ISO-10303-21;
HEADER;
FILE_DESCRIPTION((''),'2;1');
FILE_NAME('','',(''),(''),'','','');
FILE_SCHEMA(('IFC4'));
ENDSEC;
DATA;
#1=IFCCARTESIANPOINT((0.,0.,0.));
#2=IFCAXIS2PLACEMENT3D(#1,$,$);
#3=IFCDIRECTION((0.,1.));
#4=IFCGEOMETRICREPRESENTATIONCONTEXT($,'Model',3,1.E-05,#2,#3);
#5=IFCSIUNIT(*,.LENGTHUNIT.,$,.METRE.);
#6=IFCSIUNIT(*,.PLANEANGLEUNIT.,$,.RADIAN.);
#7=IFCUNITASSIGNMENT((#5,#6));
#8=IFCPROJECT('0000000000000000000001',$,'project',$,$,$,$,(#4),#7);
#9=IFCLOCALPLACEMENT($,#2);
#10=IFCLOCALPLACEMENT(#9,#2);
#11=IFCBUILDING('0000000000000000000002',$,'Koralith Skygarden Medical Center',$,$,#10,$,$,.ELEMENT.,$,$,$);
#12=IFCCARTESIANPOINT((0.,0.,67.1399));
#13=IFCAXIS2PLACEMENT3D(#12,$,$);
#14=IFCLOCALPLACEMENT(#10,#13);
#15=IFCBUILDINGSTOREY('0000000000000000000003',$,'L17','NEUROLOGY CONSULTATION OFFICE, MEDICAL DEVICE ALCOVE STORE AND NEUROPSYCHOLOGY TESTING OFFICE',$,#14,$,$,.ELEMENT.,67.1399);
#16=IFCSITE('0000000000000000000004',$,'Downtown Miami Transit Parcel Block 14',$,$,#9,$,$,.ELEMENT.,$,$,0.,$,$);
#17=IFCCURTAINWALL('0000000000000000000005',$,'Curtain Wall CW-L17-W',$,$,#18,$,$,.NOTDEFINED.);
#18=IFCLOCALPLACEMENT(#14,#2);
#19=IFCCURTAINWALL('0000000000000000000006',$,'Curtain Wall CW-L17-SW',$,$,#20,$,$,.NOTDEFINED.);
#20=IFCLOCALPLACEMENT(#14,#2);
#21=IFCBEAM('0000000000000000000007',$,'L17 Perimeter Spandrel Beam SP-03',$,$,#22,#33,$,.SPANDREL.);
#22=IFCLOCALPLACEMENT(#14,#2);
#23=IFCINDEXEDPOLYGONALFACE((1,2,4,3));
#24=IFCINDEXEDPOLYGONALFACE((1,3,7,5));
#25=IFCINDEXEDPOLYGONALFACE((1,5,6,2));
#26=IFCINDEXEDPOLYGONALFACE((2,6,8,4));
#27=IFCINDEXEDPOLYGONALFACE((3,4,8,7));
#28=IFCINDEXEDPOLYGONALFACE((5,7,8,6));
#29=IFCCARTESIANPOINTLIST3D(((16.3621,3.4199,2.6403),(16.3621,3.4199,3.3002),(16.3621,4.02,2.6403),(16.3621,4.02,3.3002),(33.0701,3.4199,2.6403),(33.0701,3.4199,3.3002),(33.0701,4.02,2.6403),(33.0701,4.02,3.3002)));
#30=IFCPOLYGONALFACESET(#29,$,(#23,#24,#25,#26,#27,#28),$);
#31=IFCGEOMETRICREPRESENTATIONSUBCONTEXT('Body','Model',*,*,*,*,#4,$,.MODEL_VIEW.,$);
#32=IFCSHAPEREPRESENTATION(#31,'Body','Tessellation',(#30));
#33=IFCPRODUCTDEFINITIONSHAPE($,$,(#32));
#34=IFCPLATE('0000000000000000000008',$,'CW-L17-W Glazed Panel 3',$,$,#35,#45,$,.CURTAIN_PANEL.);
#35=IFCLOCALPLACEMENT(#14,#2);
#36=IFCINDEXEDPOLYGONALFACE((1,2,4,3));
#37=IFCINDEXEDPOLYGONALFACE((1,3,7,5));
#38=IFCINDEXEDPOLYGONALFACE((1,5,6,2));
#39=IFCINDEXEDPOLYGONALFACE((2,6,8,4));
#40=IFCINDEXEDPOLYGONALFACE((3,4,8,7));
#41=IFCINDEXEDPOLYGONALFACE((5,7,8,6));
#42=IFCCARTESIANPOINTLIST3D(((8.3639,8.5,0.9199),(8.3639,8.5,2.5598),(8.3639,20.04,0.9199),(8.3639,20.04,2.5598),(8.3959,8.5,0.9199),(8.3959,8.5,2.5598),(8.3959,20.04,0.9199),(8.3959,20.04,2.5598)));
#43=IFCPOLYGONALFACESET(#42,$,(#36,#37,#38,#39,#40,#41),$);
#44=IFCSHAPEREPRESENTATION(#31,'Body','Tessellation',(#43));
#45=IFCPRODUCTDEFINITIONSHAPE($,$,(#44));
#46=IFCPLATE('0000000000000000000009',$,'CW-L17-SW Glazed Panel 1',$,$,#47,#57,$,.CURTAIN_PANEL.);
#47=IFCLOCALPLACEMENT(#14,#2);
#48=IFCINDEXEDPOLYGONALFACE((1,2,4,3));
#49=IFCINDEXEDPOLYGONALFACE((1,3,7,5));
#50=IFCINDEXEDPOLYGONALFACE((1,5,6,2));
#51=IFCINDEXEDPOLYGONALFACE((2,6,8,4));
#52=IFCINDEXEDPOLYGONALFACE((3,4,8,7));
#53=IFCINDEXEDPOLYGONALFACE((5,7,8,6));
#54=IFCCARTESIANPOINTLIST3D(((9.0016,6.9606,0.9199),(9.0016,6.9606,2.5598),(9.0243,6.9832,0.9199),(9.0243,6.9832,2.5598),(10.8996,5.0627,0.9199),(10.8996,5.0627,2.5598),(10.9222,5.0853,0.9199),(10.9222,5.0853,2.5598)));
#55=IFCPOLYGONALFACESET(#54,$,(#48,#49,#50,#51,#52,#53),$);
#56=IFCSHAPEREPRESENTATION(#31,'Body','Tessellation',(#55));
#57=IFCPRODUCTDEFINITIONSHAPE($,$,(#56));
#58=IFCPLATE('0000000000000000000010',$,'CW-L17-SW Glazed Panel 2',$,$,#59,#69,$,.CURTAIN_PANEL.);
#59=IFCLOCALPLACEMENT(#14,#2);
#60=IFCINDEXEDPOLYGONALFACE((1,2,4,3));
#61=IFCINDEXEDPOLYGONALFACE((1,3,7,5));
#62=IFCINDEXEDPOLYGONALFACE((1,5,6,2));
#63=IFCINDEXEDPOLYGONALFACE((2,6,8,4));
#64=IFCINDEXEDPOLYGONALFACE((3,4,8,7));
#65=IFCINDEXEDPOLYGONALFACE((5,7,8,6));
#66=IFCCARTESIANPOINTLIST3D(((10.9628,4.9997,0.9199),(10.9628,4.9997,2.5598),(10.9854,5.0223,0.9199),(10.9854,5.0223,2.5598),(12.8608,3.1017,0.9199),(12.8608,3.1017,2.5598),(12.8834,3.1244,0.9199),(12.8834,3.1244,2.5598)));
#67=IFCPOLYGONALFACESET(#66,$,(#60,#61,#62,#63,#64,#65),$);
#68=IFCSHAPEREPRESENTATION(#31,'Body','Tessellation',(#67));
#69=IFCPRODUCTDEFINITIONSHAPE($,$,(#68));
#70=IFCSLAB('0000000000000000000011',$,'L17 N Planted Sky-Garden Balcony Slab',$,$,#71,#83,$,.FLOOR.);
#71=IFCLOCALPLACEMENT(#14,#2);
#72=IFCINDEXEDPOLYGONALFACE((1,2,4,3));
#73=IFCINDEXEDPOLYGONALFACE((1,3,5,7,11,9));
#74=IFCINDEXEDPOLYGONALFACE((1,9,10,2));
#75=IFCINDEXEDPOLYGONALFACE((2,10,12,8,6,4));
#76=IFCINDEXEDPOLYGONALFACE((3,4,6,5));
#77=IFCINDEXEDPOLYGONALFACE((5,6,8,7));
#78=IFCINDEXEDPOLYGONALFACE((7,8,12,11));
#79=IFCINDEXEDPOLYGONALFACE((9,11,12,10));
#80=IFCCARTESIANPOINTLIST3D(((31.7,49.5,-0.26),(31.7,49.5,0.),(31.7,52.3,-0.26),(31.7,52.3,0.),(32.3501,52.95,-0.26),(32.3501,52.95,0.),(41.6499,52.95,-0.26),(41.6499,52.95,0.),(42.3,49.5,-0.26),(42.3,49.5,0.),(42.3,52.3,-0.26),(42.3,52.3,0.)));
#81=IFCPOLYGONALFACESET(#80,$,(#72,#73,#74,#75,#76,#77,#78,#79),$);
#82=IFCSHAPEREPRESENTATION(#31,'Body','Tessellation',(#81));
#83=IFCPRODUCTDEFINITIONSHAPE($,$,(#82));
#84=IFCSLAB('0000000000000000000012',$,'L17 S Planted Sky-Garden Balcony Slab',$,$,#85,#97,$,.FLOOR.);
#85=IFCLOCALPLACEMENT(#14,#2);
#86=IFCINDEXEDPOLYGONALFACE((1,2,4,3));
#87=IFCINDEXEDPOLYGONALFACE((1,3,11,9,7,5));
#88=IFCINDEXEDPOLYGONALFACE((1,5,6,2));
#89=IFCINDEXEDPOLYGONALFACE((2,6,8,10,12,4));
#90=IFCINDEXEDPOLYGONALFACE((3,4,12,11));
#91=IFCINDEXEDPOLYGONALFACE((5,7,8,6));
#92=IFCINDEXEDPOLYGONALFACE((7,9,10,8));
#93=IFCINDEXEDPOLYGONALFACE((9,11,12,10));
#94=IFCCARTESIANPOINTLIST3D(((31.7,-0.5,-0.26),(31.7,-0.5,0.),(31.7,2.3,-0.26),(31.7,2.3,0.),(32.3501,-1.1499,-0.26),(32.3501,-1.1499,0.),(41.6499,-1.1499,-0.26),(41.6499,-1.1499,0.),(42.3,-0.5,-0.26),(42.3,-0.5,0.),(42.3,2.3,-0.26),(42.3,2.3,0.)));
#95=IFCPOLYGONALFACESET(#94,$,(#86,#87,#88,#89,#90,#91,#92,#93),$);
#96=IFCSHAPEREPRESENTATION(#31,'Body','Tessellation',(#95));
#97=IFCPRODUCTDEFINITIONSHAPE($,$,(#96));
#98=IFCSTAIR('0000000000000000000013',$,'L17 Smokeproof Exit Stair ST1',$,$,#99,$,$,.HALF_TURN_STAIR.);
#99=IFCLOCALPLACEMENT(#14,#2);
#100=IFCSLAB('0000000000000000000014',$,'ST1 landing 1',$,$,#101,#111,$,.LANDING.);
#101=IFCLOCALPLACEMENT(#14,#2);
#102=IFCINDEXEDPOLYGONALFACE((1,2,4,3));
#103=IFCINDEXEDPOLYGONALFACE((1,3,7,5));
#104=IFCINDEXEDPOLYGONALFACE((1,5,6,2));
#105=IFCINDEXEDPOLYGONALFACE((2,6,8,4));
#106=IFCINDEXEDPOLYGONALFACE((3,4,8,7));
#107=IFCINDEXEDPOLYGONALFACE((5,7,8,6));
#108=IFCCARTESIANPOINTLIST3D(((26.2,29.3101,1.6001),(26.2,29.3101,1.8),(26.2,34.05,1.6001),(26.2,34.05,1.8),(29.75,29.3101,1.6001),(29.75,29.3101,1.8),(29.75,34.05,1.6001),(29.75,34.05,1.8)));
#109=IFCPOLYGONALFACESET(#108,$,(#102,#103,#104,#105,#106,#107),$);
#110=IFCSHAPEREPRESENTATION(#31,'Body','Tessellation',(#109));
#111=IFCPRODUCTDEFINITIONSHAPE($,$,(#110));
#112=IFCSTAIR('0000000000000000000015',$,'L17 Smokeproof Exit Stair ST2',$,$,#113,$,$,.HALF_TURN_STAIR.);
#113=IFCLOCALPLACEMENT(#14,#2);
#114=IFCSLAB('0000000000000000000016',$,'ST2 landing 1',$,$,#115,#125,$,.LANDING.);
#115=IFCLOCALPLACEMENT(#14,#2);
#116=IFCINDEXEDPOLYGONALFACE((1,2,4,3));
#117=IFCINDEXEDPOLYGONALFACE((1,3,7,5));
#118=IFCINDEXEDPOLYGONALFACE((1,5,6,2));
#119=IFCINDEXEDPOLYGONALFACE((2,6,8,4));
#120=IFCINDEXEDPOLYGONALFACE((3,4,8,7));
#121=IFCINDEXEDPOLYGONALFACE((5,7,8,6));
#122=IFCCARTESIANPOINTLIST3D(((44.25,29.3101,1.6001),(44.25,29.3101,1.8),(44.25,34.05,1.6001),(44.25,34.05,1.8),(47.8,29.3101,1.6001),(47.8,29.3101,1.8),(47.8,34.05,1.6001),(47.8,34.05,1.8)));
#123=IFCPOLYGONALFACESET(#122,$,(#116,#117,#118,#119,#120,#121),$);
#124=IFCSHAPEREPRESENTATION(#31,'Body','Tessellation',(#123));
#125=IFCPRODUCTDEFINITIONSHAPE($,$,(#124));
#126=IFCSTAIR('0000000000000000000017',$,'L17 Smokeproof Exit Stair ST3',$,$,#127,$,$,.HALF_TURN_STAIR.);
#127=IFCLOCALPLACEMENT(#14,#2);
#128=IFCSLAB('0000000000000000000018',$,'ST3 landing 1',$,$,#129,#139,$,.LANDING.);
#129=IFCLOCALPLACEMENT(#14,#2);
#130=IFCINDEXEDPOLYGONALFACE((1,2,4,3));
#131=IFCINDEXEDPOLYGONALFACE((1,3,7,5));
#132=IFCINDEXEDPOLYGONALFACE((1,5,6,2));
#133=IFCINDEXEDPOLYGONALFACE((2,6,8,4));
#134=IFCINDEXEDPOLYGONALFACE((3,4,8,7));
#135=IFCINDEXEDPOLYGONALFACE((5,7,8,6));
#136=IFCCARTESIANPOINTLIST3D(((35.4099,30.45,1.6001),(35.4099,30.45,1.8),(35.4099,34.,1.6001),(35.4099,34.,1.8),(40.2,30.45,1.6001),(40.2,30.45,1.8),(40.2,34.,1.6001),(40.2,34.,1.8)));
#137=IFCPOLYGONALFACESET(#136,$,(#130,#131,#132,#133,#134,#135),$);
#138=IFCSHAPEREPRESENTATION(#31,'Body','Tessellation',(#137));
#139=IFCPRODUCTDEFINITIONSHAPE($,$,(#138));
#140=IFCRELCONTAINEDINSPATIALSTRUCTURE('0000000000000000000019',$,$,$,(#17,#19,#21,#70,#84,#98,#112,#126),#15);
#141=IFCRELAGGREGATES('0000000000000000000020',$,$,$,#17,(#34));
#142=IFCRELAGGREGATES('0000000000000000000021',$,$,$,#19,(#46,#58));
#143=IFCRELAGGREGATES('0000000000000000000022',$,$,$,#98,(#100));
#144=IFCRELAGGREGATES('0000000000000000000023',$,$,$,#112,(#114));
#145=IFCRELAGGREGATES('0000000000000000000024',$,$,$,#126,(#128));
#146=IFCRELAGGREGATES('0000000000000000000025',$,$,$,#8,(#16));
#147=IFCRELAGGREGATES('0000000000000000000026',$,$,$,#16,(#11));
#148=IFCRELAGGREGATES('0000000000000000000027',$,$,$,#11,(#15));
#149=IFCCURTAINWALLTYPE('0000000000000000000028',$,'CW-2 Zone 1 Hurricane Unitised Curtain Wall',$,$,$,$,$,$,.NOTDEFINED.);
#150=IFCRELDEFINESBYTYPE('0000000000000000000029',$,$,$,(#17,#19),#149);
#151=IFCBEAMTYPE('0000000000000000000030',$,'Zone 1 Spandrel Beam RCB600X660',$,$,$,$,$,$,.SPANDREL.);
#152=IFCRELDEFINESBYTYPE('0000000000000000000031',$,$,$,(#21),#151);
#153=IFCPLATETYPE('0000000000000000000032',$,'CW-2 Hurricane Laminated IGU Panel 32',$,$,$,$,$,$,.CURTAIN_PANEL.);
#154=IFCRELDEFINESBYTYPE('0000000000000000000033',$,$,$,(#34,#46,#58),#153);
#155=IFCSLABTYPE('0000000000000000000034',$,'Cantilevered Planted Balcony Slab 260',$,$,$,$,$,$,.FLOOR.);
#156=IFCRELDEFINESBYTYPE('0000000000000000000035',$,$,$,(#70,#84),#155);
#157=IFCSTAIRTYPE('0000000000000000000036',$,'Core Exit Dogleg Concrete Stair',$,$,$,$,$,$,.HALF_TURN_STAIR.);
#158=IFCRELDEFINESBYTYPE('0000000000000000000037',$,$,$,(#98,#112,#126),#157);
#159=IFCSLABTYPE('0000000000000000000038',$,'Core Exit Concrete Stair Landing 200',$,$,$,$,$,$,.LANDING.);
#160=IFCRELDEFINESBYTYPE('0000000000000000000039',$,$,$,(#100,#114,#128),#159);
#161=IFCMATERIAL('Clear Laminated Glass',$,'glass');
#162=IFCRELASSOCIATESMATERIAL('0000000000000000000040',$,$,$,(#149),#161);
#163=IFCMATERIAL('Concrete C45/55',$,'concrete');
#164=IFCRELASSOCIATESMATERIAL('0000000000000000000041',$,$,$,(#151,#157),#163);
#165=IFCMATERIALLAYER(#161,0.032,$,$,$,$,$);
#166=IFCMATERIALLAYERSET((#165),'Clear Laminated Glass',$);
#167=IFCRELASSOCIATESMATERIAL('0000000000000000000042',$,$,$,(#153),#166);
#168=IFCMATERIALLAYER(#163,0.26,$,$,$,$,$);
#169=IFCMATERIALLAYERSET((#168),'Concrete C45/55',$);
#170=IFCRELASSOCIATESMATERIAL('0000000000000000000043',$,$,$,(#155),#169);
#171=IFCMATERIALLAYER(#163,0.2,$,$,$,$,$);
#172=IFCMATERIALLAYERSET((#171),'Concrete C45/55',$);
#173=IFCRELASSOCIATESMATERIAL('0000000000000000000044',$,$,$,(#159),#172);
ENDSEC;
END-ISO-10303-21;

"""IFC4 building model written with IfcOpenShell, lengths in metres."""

from ifc_helpers import new_model, si_unit, direction, frame, origin, origin_2d, place, context, subcontext, project, spatial, polyline, rectangle, outline, extrude, material, layer, layer_set, material_profile, profile_set, type_object, element, aggregate, save


model = new_model("IFC4")

# Units and contexts
model_context = context("Model", 3, precision=1e-05, world=origin(), true_north=direction((0.0, 1.0)))
body_context = subcontext(model_context, "Body", "Model", "MODEL_VIEW")
ifc_project = project(units=[si_unit("LENGTHUNIT", "METRE"), si_unit("PLANEANGLEUNIT", "RADIAN")], contexts=[model_context])

# Site, building, storey
site_placement = place(None, origin())
site = spatial("IfcSite", under=ifc_project, at=site_placement, Name="Downtown Miami Transit Parcel Block 14", CompositionType="ELEMENT", RefElevation=0.0)
building_placement = place(site_placement, origin())
building = spatial("IfcBuilding", under=site, at=building_placement, Name="Koralith Skygarden Medical Center", CompositionType="ELEMENT")
storey_placement = place(building_placement, frame((0.0, 0.0, 67.1399)))
storey = spatial("IfcBuildingStorey", under=building, at=storey_placement, Name="L17", Description="NEUROLOGY CONSULTATION OFFICE, MEDICAL DEVICE ALCOVE STORE AND NEUROPSYCHOLOGY TESTING OFFICE", CompositionType="ELEMENT", Elevation=67.1399)

# Shared definitions
ifc_material_1 = material(Name="Clear Laminated Glass", Category="glass")
curtain_wall_type = type_object("IfcCurtainWallType", Name="CW-2 Zone 1 Hurricane Unitised Curtain Wall", PredefinedType="NOTDEFINED", material=ifc_material_1)

# Curtain walls
curtain_wall_1_placement = place(storey_placement, origin())
curtain_wall_1 = element("IfcCurtainWall", 1, at=curtain_wall_1_placement, inside=storey, type_object=curtain_wall_type, Name="Curtain Wall CW-L17-W", PredefinedType="NOTDEFINED")
curtain_wall_2_placement = place(storey_placement, origin())
curtain_wall_2 = element("IfcCurtainWall", 2, at=curtain_wall_2_placement, inside=storey, type_object=curtain_wall_type, Name="Curtain Wall CW-L17-SW", PredefinedType="NOTDEFINED")

# Beam
ifc_material_2 = material(Name="Concrete C45/55", Category="concrete")
ifc_material_profile_1 = material_profile(ifc_material_2, rectangle(XDim=0.6001, YDim=0.6599, at=origin_2d()), Name="RCB600X660")
ifc_profile_set_1 = profile_set([ifc_material_profile_1], Name="Concrete C45/55")
beam_type = type_object("IfcBeamType", Name="Zone 1 Spandrel Beam RCB600X660", PredefinedType="SPANDREL", material=ifc_profile_set_1)
beam_1_placement = place(storey_placement, frame((16.3621, 3.72, 2.9702), z_axis=(1.0, 0.0, 0.0), x_axis=(0.0, 1.0, 0.0)))
element("IfcBeam", 3, at=beam_1_placement, inside=storey, type_object=beam_type, Name="L17 Perimeter Spandrel Beam SP-03", PredefinedType="SPANDREL", context=body_context, shape_type="SweptSolid", body=[
    extrude(rectangle(XDim=0.6001, YDim=0.6599, at=origin_2d()), origin(), (0.0, 0.0, 1.0), 16.708),
])

# Plates
ifc_layer_1 = layer(ifc_material_1, 0.032)
ifc_layer_set_1 = layer_set([ifc_layer_1], Name="Clear Laminated Glass")
plate_type_1 = type_object("IfcPlateType", Name="CW-2 Hurricane Laminated IGU Panel 32", PredefinedType="CURTAIN_PANEL", material=ifc_layer_set_1)
plate_1_placement = place(storey_placement, frame((8.3799, 14.27, 0.9199), z_axis=(0.0, 0.0, 1.0), x_axis=(0.0, -1.0, 0.0)))
plate_1 = element("IfcPlate", 4, at=plate_1_placement, type_object=plate_type_1, Name="CW-L17-W Glazed Panel 3", PredefinedType="CURTAIN_PANEL", context=body_context, shape_type="SweptSolid", body=[
    extrude(rectangle(XDim=11.54, YDim=0.032, at=origin_2d()), origin(), (0.0, 0.0, 1.0), 1.6399),
])
aggregate(curtain_wall_1, [plate_1])
plate_2_placement = place(storey_placement, frame((9.9619, 6.0229, 0.9199), z_axis=(0.0, 0.0, 1.0), x_axis=(0.707107, -0.707107, 0.0)))
plate_2 = element("IfcPlate", 5, at=plate_2_placement, type_object=plate_type_1, Name="CW-L17-SW Glazed Panel 1", PredefinedType="CURTAIN_PANEL", context=body_context, shape_type="SweptSolid", body=[
    extrude(rectangle(XDim=2.6841, YDim=0.032, at=origin_2d()), origin(), (0.0, 0.0, 1.0), 1.6399),
])
plate_3_placement = place(storey_placement, frame((11.9231, 4.062, 0.9199), z_axis=(0.0, 0.0, 1.0), x_axis=(0.707107, -0.707107, 0.0)))
plate_3 = element("IfcPlate", 6, at=plate_3_placement, type_object=plate_type_1, Name="CW-L17-SW Glazed Panel 2", PredefinedType="CURTAIN_PANEL", context=body_context, shape_type="SweptSolid", body=[
    extrude(rectangle(XDim=2.6841, YDim=0.032, at=origin_2d()), origin(), (0.0, 0.0, 1.0), 1.6399),
])
aggregate(curtain_wall_2, [plate_2, plate_3])

# Slabs
ifc_layer_2 = layer(ifc_material_2, 0.26)
ifc_layer_set_2 = layer_set([ifc_layer_2], Name="Concrete C45/55")
slab_type_1 = type_object("IfcSlabType", Name="Cantilevered Planted Balcony Slab 260", PredefinedType="FLOOR", material=ifc_layer_set_2)
slab_1_placement = place(storey_placement, frame((0.0, 0.0, -0.26)))
element("IfcSlab", 7, at=slab_1_placement, inside=storey, type_object=slab_type_1, Name="L17 N Planted Sky-Garden Balcony Slab", PredefinedType="FLOOR", context=body_context, shape_type="SweptSolid", body=[
    extrude(outline(polyline([(31.7, 49.5), (42.3, 49.5), (42.3, 52.3), (41.6499, 52.95), (32.3501, 52.95), (31.7, 52.3), (31.7, 49.5)])), origin(), (0.0, 0.0, 1.0), 0.26),
])
slab_2_placement = place(storey_placement, frame((0.0, 0.0, -0.26)))
element("IfcSlab", 8, at=slab_2_placement, inside=storey, type_object=slab_type_1, Name="L17 S Planted Sky-Garden Balcony Slab", PredefinedType="FLOOR", context=body_context, shape_type="SweptSolid", body=[
    extrude(outline(polyline([(32.3501, -1.1499), (41.6499, -1.1499), (42.3, -0.5), (42.3, 2.3), (31.7, 2.3), (31.7, -0.5), (32.3501, -1.1499)])), origin(), (0.0, 0.0, 1.0), 0.26),
])

# Stairs, slabs
stair_type = type_object("IfcStairType", Name="Core Exit Dogleg Concrete Stair", PredefinedType="HALF_TURN_STAIR", material=ifc_material_2)
stair_1_placement = place(storey_placement, origin())
stair_1 = element("IfcStair", 9, at=stair_1_placement, inside=storey, type_object=stair_type, Name="L17 Smokeproof Exit Stair ST1", PredefinedType="HALF_TURN_STAIR")
ifc_layer_3 = layer(ifc_material_2, 0.2)
ifc_layer_set_3 = layer_set([ifc_layer_3], Name="Concrete C45/55")
slab_type_2 = type_object("IfcSlabType", Name="Core Exit Concrete Stair Landing 200", PredefinedType="LANDING", material=ifc_layer_set_3)
slab_3_placement = place(storey_placement, frame((0.0, 0.0, 1.6001)))
slab_3 = element("IfcSlab", 10, at=slab_3_placement, type_object=slab_type_2, Name="ST1 landing 1", PredefinedType="LANDING", context=body_context, shape_type="SweptSolid", body=[
    extrude(outline(polyline([(29.75, 29.3101), (29.75, 34.05), (26.2, 34.05), (26.2, 29.3101), (29.75, 29.3101)])), origin(), (0.0, 0.0, 1.0), 0.2),
])
aggregate(stair_1, [slab_3])
stair_2_placement = place(storey_placement, origin())
stair_2 = element("IfcStair", 11, at=stair_2_placement, inside=storey, type_object=stair_type, Name="L17 Smokeproof Exit Stair ST2", PredefinedType="HALF_TURN_STAIR")
slab_4_placement = place(storey_placement, frame((0.0, 0.0, 1.6001)))
slab_4 = element("IfcSlab", 12, at=slab_4_placement, type_object=slab_type_2, Name="ST2 landing 1", PredefinedType="LANDING", context=body_context, shape_type="SweptSolid", body=[
    extrude(outline(polyline([(47.8, 29.3101), (47.8, 34.05), (44.25, 34.05), (44.25, 29.3101), (47.8, 29.3101)])), origin(), (0.0, 0.0, 1.0), 0.2),
])
aggregate(stair_2, [slab_4])
stair_3_placement = place(storey_placement, origin())
stair_3 = element("IfcStair", 13, at=stair_3_placement, inside=storey, type_object=stair_type, Name="L17 Smokeproof Exit Stair ST3", PredefinedType="HALF_TURN_STAIR")
slab_5_placement = place(storey_placement, frame((0.0, 0.0, 1.6001)))
slab_5 = element("IfcSlab", 14, at=slab_5_placement, type_object=slab_type_2, Name="ST3 landing 1", PredefinedType="LANDING", context=body_context, shape_type="SweptSolid", body=[
    extrude(outline(polyline([(35.4099, 30.45), (40.2, 30.45), (40.2, 34.0), (35.4099, 34.0), (35.4099, 30.45)])), origin(), (0.0, 0.0, 1.0), 0.2),
])
aggregate(stair_3, [slab_5])

save(model, "model.ifc")
